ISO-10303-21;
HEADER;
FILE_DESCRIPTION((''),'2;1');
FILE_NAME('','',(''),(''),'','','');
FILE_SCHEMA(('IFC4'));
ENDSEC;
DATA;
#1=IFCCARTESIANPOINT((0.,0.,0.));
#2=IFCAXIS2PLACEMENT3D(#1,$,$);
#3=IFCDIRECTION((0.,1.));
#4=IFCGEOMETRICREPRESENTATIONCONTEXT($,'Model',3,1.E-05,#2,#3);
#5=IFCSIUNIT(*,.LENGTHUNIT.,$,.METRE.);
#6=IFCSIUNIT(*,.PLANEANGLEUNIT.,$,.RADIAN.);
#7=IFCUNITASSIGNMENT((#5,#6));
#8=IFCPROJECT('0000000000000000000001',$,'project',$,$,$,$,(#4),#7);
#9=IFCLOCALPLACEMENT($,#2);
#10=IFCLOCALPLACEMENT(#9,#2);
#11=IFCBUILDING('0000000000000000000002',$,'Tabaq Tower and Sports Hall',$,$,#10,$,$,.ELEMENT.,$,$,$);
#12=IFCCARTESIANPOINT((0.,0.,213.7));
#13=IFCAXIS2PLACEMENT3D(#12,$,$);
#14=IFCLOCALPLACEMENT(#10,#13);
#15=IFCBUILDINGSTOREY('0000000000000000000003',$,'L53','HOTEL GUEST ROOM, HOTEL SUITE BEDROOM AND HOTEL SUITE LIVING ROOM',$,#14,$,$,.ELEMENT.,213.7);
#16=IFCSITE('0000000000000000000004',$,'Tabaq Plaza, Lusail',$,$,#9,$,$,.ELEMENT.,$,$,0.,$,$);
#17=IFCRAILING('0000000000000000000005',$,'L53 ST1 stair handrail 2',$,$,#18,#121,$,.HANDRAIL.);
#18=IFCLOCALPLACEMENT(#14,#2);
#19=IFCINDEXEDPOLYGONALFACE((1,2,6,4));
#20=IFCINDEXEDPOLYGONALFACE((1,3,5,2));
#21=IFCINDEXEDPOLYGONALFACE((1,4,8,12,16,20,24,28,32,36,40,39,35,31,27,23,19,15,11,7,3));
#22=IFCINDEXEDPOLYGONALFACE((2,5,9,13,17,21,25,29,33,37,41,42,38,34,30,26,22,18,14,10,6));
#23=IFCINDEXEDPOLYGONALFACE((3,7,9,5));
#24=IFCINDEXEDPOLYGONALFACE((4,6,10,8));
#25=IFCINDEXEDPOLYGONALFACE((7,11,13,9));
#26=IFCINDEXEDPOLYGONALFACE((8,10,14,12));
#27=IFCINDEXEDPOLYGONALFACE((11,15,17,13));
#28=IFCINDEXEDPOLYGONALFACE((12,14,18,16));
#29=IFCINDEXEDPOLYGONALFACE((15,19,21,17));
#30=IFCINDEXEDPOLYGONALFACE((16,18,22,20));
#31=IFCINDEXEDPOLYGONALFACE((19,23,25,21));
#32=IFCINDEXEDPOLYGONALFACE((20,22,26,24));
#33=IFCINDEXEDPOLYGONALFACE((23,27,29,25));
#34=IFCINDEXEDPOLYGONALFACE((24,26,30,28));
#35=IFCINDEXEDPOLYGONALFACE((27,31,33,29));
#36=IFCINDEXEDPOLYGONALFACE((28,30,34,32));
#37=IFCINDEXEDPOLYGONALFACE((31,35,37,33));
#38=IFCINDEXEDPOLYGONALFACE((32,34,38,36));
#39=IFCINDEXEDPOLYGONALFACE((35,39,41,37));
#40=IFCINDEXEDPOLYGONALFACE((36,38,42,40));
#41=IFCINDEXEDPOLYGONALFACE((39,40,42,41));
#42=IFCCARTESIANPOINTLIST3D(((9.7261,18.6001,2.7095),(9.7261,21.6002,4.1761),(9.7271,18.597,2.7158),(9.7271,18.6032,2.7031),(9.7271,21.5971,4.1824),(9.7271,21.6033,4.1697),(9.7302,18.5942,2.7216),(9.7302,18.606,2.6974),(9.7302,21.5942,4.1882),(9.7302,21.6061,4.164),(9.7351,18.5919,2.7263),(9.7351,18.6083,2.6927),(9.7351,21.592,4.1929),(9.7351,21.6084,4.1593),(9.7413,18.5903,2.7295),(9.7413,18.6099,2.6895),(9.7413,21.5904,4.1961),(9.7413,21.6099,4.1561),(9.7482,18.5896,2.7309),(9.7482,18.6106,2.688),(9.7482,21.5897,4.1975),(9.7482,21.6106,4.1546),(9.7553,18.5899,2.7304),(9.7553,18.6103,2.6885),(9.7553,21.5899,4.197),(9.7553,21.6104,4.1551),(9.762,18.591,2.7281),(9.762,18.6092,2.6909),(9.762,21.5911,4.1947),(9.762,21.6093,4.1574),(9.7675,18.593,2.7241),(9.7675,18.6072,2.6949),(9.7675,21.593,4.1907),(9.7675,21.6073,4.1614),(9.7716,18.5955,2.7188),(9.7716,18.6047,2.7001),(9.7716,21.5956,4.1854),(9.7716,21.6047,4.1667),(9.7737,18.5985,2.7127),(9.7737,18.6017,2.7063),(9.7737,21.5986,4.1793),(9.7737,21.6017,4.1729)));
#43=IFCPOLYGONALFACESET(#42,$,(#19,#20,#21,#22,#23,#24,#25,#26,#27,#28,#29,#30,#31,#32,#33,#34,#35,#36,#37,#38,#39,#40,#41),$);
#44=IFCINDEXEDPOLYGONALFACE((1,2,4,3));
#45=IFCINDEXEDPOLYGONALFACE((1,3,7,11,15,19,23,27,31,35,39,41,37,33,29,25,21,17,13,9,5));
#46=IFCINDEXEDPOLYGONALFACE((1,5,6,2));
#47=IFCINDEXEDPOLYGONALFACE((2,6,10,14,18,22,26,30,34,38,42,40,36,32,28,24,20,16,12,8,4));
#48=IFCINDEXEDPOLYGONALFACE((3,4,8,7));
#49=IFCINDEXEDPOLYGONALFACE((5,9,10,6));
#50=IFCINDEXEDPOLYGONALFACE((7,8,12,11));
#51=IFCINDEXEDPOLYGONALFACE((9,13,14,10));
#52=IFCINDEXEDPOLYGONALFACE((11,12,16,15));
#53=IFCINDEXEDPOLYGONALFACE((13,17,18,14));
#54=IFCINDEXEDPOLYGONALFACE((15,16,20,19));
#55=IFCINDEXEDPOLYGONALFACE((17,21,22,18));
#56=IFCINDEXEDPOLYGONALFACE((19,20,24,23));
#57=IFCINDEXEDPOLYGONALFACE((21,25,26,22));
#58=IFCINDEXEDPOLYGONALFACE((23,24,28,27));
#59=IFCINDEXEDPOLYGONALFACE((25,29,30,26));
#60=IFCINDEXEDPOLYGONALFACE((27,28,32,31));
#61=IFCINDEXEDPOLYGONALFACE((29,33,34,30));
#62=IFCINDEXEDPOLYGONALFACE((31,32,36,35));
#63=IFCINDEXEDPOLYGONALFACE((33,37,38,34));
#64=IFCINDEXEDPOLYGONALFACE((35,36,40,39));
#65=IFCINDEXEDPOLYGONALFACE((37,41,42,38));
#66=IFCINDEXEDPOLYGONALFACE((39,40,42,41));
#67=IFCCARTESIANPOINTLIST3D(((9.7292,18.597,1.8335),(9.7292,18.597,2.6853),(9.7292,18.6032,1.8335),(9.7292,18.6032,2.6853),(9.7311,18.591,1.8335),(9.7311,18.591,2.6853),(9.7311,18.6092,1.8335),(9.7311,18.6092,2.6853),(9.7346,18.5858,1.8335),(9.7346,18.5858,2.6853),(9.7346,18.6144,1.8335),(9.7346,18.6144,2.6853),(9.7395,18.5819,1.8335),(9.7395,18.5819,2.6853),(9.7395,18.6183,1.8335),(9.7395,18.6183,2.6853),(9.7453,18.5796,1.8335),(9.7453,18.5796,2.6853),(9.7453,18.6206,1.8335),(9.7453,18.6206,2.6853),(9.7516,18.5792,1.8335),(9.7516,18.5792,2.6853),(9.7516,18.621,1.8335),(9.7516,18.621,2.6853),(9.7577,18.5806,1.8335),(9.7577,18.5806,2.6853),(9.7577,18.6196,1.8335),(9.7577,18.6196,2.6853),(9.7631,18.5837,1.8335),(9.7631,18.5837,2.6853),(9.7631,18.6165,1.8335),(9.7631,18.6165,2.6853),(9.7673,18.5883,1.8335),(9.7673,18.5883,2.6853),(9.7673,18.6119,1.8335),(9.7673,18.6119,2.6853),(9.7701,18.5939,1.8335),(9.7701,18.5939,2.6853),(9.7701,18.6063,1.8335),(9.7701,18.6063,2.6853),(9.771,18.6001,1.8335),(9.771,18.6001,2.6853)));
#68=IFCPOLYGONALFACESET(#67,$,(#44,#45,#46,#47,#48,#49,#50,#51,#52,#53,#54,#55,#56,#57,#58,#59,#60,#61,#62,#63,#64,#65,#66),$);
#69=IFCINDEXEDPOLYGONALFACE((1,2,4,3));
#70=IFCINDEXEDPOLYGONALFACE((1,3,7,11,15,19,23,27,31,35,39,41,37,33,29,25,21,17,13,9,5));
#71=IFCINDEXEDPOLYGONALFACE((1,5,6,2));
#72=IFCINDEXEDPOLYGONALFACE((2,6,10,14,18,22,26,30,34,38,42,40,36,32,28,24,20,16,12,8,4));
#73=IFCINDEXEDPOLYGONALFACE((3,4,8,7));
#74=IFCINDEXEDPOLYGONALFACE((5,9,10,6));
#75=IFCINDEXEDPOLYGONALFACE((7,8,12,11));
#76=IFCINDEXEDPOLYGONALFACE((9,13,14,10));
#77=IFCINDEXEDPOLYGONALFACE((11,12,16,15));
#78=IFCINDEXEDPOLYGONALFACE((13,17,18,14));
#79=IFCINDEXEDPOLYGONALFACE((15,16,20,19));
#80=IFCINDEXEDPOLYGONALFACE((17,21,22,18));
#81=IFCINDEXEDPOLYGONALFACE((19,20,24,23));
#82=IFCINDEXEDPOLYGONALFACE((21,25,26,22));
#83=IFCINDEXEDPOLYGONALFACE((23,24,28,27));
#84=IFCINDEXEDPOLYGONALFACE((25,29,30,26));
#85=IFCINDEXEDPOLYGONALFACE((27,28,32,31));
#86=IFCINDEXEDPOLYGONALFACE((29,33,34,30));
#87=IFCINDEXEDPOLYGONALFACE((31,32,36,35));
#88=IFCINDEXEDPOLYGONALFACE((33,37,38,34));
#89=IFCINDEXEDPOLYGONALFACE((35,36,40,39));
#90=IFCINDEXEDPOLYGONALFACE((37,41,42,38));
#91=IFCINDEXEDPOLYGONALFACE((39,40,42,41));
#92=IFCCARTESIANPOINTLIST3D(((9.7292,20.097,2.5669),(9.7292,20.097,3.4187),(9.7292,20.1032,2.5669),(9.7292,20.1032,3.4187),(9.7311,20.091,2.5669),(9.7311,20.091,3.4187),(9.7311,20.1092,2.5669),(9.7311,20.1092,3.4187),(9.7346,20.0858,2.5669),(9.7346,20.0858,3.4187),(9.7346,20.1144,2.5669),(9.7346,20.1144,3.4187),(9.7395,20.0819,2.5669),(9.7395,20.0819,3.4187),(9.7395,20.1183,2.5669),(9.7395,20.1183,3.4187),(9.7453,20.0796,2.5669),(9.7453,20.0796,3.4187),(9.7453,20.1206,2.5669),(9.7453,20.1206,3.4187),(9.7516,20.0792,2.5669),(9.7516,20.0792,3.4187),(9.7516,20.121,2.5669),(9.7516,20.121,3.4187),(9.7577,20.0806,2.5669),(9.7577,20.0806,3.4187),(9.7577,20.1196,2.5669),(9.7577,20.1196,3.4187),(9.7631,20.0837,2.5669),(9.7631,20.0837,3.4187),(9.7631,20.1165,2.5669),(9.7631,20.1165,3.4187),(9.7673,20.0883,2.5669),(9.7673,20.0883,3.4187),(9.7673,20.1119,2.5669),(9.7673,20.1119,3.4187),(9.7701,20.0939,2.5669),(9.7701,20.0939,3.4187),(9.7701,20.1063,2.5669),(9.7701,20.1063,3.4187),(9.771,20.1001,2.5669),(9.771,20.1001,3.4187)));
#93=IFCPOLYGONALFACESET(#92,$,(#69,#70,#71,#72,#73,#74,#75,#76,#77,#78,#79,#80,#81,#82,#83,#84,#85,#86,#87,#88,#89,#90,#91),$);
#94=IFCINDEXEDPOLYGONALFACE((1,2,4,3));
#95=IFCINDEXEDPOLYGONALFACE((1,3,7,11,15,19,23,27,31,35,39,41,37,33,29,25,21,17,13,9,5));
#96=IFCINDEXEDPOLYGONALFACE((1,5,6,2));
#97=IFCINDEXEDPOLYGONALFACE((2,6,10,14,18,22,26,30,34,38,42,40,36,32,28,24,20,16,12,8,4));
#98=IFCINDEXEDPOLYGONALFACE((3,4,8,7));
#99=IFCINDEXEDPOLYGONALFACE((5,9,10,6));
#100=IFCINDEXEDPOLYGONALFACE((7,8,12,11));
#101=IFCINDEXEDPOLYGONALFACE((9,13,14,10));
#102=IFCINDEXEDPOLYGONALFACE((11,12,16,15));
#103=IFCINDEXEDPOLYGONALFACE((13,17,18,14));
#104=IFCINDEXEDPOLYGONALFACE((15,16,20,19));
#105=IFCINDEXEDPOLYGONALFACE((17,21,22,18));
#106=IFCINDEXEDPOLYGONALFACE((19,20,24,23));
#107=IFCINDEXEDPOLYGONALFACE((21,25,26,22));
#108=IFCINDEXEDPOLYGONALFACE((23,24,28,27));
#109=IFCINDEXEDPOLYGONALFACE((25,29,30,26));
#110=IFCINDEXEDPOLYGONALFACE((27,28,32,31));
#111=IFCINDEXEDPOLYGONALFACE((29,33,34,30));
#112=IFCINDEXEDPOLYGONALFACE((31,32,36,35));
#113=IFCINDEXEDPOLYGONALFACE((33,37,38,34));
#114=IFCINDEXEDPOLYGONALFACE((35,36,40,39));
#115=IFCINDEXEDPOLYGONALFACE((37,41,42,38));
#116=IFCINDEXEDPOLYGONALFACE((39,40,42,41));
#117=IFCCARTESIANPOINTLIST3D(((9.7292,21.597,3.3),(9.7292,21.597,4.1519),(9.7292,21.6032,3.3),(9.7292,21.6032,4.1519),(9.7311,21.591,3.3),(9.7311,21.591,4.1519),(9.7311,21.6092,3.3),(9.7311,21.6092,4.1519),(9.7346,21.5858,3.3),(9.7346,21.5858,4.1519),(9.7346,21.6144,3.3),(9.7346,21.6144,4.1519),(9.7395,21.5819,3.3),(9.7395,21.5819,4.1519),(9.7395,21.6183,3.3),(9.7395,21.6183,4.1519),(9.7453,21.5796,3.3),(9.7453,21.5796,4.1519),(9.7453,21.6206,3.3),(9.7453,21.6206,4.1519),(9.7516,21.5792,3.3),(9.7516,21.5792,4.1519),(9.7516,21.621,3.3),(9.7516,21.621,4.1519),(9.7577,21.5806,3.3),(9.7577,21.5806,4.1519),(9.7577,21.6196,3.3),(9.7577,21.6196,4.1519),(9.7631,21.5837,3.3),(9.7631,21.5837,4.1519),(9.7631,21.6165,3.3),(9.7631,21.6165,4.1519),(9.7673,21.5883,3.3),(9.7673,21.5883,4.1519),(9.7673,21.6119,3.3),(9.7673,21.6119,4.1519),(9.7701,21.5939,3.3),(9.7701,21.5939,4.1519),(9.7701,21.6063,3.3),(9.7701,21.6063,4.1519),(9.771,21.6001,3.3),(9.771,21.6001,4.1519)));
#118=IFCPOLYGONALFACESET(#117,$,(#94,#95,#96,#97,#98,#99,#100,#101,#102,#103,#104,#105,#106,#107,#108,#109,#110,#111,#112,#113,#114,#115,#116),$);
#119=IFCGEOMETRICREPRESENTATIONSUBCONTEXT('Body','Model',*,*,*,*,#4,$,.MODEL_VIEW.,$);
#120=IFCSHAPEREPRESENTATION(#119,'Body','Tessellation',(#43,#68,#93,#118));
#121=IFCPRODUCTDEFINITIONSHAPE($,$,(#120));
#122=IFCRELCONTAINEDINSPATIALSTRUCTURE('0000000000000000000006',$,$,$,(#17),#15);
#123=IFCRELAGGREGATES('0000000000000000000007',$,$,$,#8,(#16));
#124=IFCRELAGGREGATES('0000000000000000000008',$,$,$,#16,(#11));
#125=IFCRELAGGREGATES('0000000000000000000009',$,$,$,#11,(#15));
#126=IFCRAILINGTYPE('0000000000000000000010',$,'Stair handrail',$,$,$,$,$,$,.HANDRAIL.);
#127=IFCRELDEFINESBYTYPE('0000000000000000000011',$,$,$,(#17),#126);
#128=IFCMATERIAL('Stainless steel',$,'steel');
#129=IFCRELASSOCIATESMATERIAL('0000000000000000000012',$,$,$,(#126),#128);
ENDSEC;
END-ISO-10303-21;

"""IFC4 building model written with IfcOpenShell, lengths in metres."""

from ifc_helpers import new_model, si_unit, direction, frame, origin, origin_2d, place, context, subcontext, project, spatial, circle, extrude, material, type_object, element, save


model = new_model("IFC4")

# Units and contexts
model_context = context("Model", 3, precision=1e-05, world=origin(), true_north=direction((0.0, 1.0)))
body_context = subcontext(model_context, "Body", "Model", "MODEL_VIEW")
ifc_project = project(units=[si_unit("LENGTHUNIT", "METRE"), si_unit("PLANEANGLEUNIT", "RADIAN")], contexts=[model_context])

# Site, building, storey
site_placement = place(None, origin())
site = spatial("IfcSite", under=ifc_project, at=site_placement, Name="Tabaq Plaza, Lusail", CompositionType="ELEMENT", RefElevation=0.0)
building_placement = place(site_placement, origin())
building = spatial("IfcBuilding", under=site, at=building_placement, Name="Tabaq Tower and Sports Hall", CompositionType="ELEMENT")
storey_placement = place(building_placement, frame((0.0, 0.0, 213.7)))
storey = spatial("IfcBuildingStorey", under=building, at=storey_placement, Name="L53", Description="HOTEL GUEST ROOM, HOTEL SUITE BEDROOM AND HOTEL SUITE LIVING ROOM", CompositionType="ELEMENT", Elevation=213.7)

# Railing
ifc_material_1 = material(Name="Stainless steel", Category="steel")
railing_type_1 = type_object("IfcRailingType", Name="Stair handrail", PredefinedType="HANDRAIL", material=ifc_material_1)
railing_1_placement = place(storey_placement, frame((9.75, 18.6001, 1.8335)))
element("IfcRailing", 1, at=railing_1_placement, inside=storey, type_object=railing_type_1, Name="L53 ST1 stair handrail 2", PredefinedType="HANDRAIL", context=body_context, shape_type="SweptSolid", body=[
    extrude(circle(Radius=0.0239, at=origin_2d()), frame((0.0, 0.0, 0.876), z_axis=(0.0, 0.898398, 0.439183), x_axis=(-1.0, 0.0, 0.0)), (0.0, 0.0, 1.0), 3.3394),
    extrude(circle(Radius=0.021, at=origin_2d()), origin(), (0.0, 0.0, 1.0), 0.8518),
    extrude(circle(Radius=0.021, at=origin_2d()), frame((0.0, 1.5, 0.7334)), (0.0, 0.0, 1.0), 0.8518),
    extrude(circle(Radius=0.021, at=origin_2d()), frame((0.0, 3.0, 1.4666)), (0.0, 0.0, 1.0), 0.8518),
])

save(model, "model.ifc")
